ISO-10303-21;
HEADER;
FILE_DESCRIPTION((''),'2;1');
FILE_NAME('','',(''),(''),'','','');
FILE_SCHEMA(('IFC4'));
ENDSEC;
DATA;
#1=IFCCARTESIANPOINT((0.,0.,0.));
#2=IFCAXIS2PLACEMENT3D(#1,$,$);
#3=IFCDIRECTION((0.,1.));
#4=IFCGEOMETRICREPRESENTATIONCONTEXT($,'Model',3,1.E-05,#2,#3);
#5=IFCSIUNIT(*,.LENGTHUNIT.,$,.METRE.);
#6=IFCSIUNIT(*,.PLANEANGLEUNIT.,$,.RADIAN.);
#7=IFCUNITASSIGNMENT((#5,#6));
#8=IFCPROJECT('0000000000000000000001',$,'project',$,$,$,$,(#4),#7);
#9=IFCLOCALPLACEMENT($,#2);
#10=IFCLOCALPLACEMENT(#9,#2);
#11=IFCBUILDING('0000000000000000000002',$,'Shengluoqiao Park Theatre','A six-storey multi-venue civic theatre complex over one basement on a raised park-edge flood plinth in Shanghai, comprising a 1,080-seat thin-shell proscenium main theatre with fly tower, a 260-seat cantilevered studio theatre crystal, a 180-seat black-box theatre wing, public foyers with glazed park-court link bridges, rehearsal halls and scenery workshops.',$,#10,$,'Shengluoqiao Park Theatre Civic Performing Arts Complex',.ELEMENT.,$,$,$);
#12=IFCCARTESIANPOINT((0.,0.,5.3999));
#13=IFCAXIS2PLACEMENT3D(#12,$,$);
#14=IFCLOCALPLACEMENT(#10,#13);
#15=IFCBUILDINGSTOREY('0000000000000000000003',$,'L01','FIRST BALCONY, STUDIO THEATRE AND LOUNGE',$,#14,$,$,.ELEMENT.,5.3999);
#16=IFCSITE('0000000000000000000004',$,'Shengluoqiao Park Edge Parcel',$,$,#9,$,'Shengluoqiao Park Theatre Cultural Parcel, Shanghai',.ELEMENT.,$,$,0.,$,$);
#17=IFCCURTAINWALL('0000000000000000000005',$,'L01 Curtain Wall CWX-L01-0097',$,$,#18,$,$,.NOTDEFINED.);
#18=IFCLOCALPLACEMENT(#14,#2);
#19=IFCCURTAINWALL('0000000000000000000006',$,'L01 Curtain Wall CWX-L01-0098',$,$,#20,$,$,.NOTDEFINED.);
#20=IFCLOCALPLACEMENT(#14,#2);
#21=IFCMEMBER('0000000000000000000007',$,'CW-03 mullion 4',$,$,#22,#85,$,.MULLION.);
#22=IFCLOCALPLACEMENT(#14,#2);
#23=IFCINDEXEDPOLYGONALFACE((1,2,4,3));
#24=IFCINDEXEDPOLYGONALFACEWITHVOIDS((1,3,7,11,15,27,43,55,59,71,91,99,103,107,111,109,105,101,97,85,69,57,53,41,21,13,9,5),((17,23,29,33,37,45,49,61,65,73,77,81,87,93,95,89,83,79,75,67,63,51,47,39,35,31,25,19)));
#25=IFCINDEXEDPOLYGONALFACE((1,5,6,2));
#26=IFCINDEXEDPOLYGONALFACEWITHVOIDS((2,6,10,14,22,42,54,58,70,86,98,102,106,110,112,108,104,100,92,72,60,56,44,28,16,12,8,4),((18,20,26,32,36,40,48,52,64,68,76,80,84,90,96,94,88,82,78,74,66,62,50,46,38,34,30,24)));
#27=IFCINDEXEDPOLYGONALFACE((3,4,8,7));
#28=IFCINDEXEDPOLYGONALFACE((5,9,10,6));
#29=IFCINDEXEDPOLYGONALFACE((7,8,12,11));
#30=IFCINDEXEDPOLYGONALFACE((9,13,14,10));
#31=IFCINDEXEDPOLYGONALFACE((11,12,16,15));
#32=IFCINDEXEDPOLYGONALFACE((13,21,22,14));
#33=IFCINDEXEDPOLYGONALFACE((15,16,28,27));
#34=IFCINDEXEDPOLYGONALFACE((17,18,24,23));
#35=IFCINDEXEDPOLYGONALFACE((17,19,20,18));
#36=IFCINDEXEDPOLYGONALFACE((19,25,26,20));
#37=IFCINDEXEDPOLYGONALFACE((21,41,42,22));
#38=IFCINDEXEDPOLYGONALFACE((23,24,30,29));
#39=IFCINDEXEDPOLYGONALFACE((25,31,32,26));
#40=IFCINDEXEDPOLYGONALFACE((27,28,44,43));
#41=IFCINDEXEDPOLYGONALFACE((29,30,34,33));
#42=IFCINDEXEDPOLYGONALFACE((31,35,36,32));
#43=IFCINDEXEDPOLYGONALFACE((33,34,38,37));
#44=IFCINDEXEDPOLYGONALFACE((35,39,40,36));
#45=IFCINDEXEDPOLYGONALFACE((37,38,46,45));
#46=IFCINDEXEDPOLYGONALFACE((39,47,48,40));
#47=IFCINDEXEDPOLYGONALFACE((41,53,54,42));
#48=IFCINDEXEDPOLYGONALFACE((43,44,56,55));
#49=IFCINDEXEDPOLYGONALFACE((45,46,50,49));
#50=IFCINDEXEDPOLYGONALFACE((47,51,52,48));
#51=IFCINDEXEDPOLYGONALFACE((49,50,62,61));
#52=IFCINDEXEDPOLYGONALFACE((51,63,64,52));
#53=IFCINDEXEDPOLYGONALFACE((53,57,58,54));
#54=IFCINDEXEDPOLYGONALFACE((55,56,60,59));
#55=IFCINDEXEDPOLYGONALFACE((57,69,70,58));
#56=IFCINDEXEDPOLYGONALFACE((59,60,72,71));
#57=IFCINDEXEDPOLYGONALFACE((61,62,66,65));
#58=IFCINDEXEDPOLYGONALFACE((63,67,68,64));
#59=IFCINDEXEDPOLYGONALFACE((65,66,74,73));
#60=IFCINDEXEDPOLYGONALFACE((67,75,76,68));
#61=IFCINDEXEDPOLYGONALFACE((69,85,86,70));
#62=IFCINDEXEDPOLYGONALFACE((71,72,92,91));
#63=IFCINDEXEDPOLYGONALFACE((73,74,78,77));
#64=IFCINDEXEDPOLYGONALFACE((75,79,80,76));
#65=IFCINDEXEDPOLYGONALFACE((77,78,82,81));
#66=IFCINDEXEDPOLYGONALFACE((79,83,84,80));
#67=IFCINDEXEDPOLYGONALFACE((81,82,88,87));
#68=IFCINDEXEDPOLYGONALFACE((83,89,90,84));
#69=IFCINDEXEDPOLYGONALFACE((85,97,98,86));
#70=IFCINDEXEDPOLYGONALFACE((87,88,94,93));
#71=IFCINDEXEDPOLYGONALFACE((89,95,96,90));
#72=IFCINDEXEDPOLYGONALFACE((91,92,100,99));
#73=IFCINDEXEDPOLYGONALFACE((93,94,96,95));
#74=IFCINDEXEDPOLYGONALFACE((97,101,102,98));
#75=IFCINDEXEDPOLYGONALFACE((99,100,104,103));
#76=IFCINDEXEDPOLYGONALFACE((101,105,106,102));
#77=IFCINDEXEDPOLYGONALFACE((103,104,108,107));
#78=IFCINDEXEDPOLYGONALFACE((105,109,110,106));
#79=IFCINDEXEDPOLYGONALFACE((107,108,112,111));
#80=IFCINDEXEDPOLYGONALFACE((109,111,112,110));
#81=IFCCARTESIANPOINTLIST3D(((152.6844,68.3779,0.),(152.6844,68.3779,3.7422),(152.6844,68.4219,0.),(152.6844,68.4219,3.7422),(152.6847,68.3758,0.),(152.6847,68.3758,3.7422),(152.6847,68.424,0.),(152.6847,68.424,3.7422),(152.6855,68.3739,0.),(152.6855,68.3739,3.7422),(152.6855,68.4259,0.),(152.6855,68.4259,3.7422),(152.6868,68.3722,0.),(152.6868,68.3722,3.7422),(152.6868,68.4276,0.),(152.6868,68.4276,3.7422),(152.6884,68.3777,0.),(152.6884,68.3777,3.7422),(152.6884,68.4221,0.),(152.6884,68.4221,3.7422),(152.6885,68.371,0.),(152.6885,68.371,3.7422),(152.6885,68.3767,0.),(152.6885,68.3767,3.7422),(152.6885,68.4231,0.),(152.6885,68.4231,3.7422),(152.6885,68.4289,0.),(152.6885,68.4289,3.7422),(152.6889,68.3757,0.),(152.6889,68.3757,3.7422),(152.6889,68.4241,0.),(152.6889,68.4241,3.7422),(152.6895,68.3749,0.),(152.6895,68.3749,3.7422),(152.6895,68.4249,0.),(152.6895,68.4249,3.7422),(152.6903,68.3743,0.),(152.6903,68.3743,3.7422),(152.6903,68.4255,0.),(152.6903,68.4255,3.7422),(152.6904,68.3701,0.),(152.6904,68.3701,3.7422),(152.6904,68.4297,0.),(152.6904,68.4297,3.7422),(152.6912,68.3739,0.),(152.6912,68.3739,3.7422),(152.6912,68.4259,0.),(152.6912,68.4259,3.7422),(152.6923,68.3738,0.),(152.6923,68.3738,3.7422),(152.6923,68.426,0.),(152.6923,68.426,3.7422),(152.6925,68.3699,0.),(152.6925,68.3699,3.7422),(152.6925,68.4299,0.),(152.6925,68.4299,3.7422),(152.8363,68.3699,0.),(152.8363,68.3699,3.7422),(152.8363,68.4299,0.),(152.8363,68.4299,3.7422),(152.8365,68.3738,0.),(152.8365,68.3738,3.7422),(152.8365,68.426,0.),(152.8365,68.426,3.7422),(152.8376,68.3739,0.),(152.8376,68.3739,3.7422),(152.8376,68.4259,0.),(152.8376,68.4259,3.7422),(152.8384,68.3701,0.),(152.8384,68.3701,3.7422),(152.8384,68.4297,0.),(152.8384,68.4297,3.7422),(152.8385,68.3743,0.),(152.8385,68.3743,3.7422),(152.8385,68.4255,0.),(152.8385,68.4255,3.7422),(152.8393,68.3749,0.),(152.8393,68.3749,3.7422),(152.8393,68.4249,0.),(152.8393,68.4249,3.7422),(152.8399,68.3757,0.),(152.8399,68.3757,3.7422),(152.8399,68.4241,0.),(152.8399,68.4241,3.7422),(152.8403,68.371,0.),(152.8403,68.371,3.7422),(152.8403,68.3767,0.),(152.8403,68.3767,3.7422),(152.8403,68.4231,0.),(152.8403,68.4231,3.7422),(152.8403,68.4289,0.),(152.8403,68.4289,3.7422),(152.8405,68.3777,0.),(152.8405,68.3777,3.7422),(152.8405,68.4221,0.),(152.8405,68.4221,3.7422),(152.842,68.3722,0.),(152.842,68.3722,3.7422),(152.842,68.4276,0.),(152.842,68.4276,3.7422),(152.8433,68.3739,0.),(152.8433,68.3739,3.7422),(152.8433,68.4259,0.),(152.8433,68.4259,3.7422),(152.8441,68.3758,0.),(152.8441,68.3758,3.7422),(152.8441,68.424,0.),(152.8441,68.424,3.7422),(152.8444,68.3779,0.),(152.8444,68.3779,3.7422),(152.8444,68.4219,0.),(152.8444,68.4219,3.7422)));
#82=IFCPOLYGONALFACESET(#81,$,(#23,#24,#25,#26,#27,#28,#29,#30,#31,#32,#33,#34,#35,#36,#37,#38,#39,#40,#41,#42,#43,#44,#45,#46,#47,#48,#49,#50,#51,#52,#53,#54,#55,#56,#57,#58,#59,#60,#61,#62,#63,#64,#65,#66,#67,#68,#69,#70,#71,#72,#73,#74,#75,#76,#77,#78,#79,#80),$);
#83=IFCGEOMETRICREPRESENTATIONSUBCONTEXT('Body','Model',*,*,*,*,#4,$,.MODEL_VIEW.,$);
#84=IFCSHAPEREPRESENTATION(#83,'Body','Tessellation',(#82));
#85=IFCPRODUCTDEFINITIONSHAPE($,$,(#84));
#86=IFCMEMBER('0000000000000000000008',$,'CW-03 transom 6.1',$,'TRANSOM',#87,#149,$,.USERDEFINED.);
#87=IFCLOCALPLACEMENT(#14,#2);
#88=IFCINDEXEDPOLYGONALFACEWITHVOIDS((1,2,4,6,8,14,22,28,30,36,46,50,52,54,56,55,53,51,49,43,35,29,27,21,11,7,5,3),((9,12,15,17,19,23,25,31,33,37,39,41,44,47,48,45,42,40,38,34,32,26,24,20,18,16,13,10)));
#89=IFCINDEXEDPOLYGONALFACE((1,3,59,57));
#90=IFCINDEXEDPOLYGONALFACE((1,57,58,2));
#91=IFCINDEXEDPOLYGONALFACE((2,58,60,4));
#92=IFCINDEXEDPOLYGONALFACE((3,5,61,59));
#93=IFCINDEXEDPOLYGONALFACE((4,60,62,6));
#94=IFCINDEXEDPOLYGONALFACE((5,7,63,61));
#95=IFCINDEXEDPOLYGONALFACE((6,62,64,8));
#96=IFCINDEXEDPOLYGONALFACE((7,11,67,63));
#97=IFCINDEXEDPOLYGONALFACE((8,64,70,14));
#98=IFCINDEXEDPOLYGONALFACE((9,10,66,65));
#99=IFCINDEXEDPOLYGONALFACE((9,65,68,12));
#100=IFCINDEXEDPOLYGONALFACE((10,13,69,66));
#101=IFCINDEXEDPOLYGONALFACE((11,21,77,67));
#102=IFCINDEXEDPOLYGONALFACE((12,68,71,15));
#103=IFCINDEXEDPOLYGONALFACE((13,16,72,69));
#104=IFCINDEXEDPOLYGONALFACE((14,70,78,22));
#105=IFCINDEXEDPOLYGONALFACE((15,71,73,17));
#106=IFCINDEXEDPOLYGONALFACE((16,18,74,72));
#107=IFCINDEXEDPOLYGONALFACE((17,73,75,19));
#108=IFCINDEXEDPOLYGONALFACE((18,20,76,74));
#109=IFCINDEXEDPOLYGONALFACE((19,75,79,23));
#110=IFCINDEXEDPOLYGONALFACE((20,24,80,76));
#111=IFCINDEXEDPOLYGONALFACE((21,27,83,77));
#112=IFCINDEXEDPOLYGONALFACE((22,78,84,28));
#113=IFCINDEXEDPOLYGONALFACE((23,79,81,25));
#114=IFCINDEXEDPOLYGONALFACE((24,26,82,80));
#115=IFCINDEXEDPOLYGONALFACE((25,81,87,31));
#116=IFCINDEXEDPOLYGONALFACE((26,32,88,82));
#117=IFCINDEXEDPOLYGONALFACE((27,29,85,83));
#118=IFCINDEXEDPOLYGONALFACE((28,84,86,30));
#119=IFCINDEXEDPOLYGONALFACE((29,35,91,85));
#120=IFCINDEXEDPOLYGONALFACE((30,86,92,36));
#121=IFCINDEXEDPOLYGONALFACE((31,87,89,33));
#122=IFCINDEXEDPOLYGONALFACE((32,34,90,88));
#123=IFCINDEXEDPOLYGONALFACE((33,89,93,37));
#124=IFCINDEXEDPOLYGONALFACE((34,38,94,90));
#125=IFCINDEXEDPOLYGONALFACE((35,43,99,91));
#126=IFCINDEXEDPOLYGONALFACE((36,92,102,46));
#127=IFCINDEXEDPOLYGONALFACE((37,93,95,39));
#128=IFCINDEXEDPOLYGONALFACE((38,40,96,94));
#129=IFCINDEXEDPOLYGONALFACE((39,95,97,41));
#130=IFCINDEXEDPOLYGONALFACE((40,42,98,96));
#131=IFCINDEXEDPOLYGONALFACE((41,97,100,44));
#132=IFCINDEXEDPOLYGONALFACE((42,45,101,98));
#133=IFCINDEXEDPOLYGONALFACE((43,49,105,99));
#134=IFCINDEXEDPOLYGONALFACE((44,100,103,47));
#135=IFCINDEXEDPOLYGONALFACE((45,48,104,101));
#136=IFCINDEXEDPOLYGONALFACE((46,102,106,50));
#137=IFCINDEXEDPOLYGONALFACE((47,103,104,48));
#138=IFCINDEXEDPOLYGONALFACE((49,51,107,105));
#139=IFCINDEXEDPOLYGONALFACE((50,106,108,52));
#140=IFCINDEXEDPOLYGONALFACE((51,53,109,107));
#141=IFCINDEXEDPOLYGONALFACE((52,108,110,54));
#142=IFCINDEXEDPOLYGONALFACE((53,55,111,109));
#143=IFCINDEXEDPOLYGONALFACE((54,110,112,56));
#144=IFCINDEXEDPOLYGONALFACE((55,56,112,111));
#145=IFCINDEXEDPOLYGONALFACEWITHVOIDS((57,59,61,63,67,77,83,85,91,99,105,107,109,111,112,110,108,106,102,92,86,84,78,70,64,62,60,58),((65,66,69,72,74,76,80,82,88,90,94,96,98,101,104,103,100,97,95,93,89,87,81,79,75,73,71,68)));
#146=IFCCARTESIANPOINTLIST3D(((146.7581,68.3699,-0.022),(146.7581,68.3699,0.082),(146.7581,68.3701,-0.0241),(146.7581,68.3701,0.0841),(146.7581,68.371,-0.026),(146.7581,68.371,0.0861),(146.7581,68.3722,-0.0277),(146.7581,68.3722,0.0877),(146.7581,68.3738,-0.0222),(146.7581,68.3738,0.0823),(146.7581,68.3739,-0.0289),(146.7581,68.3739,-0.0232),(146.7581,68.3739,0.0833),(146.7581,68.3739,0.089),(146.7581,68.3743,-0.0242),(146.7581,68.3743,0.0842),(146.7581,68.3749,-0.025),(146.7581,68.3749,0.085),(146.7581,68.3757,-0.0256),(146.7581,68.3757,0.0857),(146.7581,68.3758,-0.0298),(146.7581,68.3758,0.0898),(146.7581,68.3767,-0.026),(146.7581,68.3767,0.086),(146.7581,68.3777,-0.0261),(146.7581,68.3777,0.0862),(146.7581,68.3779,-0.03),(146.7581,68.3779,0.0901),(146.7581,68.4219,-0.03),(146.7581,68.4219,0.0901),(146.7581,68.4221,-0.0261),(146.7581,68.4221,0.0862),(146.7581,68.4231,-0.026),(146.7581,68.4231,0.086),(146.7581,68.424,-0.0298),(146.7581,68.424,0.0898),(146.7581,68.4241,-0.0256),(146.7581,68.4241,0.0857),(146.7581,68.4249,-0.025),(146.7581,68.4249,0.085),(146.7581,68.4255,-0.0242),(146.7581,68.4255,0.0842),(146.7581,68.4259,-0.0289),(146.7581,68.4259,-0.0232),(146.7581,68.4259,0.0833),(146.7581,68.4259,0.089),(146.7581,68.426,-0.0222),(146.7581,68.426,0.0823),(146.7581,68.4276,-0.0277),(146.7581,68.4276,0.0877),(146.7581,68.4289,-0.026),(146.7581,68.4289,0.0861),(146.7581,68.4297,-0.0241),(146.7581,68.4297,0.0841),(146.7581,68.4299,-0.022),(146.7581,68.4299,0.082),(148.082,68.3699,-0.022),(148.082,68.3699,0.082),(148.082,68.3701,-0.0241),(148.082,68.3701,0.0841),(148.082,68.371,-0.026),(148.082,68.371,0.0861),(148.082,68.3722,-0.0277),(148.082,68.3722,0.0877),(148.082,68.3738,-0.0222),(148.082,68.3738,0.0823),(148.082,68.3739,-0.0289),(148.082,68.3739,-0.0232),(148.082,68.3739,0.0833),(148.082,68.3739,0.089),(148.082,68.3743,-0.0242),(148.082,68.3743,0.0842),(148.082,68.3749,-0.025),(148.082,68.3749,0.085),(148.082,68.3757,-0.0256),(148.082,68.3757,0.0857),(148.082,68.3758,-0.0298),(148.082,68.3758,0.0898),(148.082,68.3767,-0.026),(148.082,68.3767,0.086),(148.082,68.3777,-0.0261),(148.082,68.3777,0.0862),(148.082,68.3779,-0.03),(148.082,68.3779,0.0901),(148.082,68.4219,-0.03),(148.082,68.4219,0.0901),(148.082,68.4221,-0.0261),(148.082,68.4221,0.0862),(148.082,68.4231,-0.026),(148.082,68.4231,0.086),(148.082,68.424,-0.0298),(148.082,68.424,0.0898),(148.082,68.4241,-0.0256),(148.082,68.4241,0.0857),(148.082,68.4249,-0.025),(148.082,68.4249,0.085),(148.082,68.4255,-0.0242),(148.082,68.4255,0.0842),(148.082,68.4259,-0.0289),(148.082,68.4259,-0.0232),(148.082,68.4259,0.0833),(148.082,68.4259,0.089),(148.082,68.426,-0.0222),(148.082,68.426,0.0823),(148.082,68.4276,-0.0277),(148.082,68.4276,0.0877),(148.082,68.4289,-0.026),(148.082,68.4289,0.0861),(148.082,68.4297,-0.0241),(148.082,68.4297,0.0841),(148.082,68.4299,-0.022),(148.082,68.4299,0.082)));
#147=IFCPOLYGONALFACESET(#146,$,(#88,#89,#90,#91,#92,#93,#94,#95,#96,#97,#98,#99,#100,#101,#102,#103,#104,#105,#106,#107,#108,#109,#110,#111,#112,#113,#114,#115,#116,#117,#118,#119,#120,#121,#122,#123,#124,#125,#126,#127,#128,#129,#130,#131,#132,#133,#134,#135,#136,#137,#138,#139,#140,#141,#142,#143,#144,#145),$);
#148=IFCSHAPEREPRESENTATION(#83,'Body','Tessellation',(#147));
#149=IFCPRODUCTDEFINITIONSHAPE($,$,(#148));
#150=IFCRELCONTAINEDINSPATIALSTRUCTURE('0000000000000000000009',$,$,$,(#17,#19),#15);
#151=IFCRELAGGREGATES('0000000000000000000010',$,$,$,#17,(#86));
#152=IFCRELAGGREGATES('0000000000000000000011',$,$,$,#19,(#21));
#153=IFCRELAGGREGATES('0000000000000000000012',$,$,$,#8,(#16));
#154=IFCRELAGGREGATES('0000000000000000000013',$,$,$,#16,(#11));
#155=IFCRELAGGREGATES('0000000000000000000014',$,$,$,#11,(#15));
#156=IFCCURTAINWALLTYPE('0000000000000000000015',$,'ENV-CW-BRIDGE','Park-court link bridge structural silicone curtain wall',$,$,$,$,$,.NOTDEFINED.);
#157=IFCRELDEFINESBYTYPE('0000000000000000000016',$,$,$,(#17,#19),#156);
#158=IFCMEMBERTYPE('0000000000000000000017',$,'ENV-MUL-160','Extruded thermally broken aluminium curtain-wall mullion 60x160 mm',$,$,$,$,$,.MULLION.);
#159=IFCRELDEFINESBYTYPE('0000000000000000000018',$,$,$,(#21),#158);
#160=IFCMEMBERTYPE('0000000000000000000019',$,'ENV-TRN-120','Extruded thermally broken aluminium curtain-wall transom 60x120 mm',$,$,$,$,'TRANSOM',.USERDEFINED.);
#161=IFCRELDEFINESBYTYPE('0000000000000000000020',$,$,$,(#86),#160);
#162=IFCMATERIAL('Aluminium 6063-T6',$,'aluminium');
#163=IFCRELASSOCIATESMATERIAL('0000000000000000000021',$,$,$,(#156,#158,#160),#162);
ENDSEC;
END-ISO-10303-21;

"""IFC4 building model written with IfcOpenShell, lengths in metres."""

from ifc_helpers import new_model, si_unit, direction, frame, origin, origin_2d, place, context, subcontext, project, spatial, hollow_rectangle, extrude, material, material_profile, profile_set, type_object, element, aggregate, save


model = new_model("IFC4")

# Units and contexts
model_context = context("Model", 3, precision=1e-05, world=origin(), true_north=direction((0.0, 1.0)))
body_context = subcontext(model_context, "Body", "Model", "MODEL_VIEW")
ifc_project = project(units=[si_unit("LENGTHUNIT", "METRE"), si_unit("PLANEANGLEUNIT", "RADIAN")], contexts=[model_context])

# Site, building, storey
site_placement = place(None, origin())
site = spatial("IfcSite", under=ifc_project, at=site_placement, Name="Shengluoqiao Park Edge Parcel", LongName="Shengluoqiao Park Theatre Cultural Parcel, Shanghai", CompositionType="ELEMENT", RefElevation=0.0)
building_placement = place(site_placement, origin())
building = spatial("IfcBuilding", under=site, at=building_placement, Name="Shengluoqiao Park Theatre", Description="A six-storey multi-venue civic theatre complex over one basement on a raised park-edge flood plinth in Shanghai, comprising a 1,080-seat thin-shell proscenium main theatre with fly tower, a 260-seat cantilevered studio theatre crystal, a 180-seat black-box theatre wing, public foyers with glazed park-court link bridges, rehearsal halls and scenery workshops.", LongName="Shengluoqiao Park Theatre Civic Performing Arts Complex", CompositionType="ELEMENT")
storey_placement = place(building_placement, frame((0.0, 0.0, 5.3999)))
storey = spatial("IfcBuildingStorey", under=building, at=storey_placement, Name="L01", Description="FIRST BALCONY, STUDIO THEATRE AND LOUNGE", CompositionType="ELEMENT", Elevation=5.3999)

# Curtain walls, member
ifc_material_1 = material(Name="Aluminium 6063-T6", Category="aluminium")
curtain_wall_type = type_object("IfcCurtainWallType", Name="ENV-CW-BRIDGE", Description="Park-court link bridge structural silicone curtain wall", PredefinedType="NOTDEFINED", material=ifc_material_1)
curtain_wall_1_placement = place(storey_placement, origin())
curtain_wall_1 = element("IfcCurtainWall", 1, at=curtain_wall_1_placement, inside=storey, type_object=curtain_wall_type, Name="L01 Curtain Wall CWX-L01-0097", PredefinedType="NOTDEFINED")
ifc_material_profile_1 = material_profile(ifc_material_1, hollow_rectangle(XDim=0.0601, YDim=0.1599, WallThickness=0.0039, InnerFilletRadius=0.0039, OuterFilletRadius=0.0081, at=origin_2d()), Name="ALU MULLION 160x60x4")
ifc_profile_set_1 = profile_set([ifc_material_profile_1], Name="Aluminium 6063-T6")
member_type_1 = type_object("IfcMemberType", Name="ENV-MUL-160", Description="Extruded thermally broken aluminium curtain-wall mullion 60x160 mm", PredefinedType="MULLION", material=ifc_profile_set_1)
curtain_wall_2_placement = place(storey_placement, origin())
curtain_wall_2 = element("IfcCurtainWall", 2, at=curtain_wall_2_placement, inside=storey, type_object=curtain_wall_type, Name="L01 Curtain Wall CWX-L01-0098", PredefinedType="NOTDEFINED")
member_1_placement = place(storey_placement, frame((152.7644, 68.3999, 0.0), z_axis=(0.0, 0.0, 1.0), x_axis=(0.0, 1.0, 0.0)))
member_1 = element("IfcMember", 3, at=member_1_placement, type_object=member_type_1, Name="CW-03 mullion 4", PredefinedType="MULLION", context=body_context, shape_type="SweptSolid", body=[
    extrude(hollow_rectangle(XDim=0.0601, YDim=0.1599, WallThickness=0.0039, InnerFilletRadius=0.0039, OuterFilletRadius=0.0081, at=origin_2d()), origin(), (0.0, 0.0, 1.0), 3.7422),
])

# Member
ifc_material_profile_2 = material_profile(ifc_material_1, hollow_rectangle(XDim=0.0601, YDim=0.1201, WallThickness=0.0039, InnerFilletRadius=0.0039, OuterFilletRadius=0.0081, at=origin_2d()), Name="ALU TRANSOM 120x60x4")
ifc_profile_set_2 = profile_set([ifc_material_profile_2], Name="Aluminium 6063-T6")
member_type_2 = type_object("IfcMemberType", Name="ENV-TRN-120", Description="Extruded thermally broken aluminium curtain-wall transom 60x120 mm", ElementType="TRANSOM", PredefinedType="USERDEFINED", material=ifc_profile_set_2)
member_2_placement = place(storey_placement, frame((146.7581, 68.3999, 0.03), z_axis=(1.0, 0.0, 0.0), x_axis=(0.0, 1.0, 0.0)))
member_2 = element("IfcMember", 4, at=member_2_placement, type_object=member_type_2, Name="CW-03 transom 6.1", ObjectType="TRANSOM", PredefinedType="USERDEFINED", context=body_context, shape_type="SweptSolid", body=[
    extrude(hollow_rectangle(XDim=0.0601, YDim=0.1201, WallThickness=0.0039, InnerFilletRadius=0.0039, OuterFilletRadius=0.0081, at=origin_2d()), origin(), (0.0, 0.0, 1.0), 1.324),
])

aggregate(curtain_wall_1, [member_2])
aggregate(curtain_wall_2, [member_1])

save(model, "model.ifc")
